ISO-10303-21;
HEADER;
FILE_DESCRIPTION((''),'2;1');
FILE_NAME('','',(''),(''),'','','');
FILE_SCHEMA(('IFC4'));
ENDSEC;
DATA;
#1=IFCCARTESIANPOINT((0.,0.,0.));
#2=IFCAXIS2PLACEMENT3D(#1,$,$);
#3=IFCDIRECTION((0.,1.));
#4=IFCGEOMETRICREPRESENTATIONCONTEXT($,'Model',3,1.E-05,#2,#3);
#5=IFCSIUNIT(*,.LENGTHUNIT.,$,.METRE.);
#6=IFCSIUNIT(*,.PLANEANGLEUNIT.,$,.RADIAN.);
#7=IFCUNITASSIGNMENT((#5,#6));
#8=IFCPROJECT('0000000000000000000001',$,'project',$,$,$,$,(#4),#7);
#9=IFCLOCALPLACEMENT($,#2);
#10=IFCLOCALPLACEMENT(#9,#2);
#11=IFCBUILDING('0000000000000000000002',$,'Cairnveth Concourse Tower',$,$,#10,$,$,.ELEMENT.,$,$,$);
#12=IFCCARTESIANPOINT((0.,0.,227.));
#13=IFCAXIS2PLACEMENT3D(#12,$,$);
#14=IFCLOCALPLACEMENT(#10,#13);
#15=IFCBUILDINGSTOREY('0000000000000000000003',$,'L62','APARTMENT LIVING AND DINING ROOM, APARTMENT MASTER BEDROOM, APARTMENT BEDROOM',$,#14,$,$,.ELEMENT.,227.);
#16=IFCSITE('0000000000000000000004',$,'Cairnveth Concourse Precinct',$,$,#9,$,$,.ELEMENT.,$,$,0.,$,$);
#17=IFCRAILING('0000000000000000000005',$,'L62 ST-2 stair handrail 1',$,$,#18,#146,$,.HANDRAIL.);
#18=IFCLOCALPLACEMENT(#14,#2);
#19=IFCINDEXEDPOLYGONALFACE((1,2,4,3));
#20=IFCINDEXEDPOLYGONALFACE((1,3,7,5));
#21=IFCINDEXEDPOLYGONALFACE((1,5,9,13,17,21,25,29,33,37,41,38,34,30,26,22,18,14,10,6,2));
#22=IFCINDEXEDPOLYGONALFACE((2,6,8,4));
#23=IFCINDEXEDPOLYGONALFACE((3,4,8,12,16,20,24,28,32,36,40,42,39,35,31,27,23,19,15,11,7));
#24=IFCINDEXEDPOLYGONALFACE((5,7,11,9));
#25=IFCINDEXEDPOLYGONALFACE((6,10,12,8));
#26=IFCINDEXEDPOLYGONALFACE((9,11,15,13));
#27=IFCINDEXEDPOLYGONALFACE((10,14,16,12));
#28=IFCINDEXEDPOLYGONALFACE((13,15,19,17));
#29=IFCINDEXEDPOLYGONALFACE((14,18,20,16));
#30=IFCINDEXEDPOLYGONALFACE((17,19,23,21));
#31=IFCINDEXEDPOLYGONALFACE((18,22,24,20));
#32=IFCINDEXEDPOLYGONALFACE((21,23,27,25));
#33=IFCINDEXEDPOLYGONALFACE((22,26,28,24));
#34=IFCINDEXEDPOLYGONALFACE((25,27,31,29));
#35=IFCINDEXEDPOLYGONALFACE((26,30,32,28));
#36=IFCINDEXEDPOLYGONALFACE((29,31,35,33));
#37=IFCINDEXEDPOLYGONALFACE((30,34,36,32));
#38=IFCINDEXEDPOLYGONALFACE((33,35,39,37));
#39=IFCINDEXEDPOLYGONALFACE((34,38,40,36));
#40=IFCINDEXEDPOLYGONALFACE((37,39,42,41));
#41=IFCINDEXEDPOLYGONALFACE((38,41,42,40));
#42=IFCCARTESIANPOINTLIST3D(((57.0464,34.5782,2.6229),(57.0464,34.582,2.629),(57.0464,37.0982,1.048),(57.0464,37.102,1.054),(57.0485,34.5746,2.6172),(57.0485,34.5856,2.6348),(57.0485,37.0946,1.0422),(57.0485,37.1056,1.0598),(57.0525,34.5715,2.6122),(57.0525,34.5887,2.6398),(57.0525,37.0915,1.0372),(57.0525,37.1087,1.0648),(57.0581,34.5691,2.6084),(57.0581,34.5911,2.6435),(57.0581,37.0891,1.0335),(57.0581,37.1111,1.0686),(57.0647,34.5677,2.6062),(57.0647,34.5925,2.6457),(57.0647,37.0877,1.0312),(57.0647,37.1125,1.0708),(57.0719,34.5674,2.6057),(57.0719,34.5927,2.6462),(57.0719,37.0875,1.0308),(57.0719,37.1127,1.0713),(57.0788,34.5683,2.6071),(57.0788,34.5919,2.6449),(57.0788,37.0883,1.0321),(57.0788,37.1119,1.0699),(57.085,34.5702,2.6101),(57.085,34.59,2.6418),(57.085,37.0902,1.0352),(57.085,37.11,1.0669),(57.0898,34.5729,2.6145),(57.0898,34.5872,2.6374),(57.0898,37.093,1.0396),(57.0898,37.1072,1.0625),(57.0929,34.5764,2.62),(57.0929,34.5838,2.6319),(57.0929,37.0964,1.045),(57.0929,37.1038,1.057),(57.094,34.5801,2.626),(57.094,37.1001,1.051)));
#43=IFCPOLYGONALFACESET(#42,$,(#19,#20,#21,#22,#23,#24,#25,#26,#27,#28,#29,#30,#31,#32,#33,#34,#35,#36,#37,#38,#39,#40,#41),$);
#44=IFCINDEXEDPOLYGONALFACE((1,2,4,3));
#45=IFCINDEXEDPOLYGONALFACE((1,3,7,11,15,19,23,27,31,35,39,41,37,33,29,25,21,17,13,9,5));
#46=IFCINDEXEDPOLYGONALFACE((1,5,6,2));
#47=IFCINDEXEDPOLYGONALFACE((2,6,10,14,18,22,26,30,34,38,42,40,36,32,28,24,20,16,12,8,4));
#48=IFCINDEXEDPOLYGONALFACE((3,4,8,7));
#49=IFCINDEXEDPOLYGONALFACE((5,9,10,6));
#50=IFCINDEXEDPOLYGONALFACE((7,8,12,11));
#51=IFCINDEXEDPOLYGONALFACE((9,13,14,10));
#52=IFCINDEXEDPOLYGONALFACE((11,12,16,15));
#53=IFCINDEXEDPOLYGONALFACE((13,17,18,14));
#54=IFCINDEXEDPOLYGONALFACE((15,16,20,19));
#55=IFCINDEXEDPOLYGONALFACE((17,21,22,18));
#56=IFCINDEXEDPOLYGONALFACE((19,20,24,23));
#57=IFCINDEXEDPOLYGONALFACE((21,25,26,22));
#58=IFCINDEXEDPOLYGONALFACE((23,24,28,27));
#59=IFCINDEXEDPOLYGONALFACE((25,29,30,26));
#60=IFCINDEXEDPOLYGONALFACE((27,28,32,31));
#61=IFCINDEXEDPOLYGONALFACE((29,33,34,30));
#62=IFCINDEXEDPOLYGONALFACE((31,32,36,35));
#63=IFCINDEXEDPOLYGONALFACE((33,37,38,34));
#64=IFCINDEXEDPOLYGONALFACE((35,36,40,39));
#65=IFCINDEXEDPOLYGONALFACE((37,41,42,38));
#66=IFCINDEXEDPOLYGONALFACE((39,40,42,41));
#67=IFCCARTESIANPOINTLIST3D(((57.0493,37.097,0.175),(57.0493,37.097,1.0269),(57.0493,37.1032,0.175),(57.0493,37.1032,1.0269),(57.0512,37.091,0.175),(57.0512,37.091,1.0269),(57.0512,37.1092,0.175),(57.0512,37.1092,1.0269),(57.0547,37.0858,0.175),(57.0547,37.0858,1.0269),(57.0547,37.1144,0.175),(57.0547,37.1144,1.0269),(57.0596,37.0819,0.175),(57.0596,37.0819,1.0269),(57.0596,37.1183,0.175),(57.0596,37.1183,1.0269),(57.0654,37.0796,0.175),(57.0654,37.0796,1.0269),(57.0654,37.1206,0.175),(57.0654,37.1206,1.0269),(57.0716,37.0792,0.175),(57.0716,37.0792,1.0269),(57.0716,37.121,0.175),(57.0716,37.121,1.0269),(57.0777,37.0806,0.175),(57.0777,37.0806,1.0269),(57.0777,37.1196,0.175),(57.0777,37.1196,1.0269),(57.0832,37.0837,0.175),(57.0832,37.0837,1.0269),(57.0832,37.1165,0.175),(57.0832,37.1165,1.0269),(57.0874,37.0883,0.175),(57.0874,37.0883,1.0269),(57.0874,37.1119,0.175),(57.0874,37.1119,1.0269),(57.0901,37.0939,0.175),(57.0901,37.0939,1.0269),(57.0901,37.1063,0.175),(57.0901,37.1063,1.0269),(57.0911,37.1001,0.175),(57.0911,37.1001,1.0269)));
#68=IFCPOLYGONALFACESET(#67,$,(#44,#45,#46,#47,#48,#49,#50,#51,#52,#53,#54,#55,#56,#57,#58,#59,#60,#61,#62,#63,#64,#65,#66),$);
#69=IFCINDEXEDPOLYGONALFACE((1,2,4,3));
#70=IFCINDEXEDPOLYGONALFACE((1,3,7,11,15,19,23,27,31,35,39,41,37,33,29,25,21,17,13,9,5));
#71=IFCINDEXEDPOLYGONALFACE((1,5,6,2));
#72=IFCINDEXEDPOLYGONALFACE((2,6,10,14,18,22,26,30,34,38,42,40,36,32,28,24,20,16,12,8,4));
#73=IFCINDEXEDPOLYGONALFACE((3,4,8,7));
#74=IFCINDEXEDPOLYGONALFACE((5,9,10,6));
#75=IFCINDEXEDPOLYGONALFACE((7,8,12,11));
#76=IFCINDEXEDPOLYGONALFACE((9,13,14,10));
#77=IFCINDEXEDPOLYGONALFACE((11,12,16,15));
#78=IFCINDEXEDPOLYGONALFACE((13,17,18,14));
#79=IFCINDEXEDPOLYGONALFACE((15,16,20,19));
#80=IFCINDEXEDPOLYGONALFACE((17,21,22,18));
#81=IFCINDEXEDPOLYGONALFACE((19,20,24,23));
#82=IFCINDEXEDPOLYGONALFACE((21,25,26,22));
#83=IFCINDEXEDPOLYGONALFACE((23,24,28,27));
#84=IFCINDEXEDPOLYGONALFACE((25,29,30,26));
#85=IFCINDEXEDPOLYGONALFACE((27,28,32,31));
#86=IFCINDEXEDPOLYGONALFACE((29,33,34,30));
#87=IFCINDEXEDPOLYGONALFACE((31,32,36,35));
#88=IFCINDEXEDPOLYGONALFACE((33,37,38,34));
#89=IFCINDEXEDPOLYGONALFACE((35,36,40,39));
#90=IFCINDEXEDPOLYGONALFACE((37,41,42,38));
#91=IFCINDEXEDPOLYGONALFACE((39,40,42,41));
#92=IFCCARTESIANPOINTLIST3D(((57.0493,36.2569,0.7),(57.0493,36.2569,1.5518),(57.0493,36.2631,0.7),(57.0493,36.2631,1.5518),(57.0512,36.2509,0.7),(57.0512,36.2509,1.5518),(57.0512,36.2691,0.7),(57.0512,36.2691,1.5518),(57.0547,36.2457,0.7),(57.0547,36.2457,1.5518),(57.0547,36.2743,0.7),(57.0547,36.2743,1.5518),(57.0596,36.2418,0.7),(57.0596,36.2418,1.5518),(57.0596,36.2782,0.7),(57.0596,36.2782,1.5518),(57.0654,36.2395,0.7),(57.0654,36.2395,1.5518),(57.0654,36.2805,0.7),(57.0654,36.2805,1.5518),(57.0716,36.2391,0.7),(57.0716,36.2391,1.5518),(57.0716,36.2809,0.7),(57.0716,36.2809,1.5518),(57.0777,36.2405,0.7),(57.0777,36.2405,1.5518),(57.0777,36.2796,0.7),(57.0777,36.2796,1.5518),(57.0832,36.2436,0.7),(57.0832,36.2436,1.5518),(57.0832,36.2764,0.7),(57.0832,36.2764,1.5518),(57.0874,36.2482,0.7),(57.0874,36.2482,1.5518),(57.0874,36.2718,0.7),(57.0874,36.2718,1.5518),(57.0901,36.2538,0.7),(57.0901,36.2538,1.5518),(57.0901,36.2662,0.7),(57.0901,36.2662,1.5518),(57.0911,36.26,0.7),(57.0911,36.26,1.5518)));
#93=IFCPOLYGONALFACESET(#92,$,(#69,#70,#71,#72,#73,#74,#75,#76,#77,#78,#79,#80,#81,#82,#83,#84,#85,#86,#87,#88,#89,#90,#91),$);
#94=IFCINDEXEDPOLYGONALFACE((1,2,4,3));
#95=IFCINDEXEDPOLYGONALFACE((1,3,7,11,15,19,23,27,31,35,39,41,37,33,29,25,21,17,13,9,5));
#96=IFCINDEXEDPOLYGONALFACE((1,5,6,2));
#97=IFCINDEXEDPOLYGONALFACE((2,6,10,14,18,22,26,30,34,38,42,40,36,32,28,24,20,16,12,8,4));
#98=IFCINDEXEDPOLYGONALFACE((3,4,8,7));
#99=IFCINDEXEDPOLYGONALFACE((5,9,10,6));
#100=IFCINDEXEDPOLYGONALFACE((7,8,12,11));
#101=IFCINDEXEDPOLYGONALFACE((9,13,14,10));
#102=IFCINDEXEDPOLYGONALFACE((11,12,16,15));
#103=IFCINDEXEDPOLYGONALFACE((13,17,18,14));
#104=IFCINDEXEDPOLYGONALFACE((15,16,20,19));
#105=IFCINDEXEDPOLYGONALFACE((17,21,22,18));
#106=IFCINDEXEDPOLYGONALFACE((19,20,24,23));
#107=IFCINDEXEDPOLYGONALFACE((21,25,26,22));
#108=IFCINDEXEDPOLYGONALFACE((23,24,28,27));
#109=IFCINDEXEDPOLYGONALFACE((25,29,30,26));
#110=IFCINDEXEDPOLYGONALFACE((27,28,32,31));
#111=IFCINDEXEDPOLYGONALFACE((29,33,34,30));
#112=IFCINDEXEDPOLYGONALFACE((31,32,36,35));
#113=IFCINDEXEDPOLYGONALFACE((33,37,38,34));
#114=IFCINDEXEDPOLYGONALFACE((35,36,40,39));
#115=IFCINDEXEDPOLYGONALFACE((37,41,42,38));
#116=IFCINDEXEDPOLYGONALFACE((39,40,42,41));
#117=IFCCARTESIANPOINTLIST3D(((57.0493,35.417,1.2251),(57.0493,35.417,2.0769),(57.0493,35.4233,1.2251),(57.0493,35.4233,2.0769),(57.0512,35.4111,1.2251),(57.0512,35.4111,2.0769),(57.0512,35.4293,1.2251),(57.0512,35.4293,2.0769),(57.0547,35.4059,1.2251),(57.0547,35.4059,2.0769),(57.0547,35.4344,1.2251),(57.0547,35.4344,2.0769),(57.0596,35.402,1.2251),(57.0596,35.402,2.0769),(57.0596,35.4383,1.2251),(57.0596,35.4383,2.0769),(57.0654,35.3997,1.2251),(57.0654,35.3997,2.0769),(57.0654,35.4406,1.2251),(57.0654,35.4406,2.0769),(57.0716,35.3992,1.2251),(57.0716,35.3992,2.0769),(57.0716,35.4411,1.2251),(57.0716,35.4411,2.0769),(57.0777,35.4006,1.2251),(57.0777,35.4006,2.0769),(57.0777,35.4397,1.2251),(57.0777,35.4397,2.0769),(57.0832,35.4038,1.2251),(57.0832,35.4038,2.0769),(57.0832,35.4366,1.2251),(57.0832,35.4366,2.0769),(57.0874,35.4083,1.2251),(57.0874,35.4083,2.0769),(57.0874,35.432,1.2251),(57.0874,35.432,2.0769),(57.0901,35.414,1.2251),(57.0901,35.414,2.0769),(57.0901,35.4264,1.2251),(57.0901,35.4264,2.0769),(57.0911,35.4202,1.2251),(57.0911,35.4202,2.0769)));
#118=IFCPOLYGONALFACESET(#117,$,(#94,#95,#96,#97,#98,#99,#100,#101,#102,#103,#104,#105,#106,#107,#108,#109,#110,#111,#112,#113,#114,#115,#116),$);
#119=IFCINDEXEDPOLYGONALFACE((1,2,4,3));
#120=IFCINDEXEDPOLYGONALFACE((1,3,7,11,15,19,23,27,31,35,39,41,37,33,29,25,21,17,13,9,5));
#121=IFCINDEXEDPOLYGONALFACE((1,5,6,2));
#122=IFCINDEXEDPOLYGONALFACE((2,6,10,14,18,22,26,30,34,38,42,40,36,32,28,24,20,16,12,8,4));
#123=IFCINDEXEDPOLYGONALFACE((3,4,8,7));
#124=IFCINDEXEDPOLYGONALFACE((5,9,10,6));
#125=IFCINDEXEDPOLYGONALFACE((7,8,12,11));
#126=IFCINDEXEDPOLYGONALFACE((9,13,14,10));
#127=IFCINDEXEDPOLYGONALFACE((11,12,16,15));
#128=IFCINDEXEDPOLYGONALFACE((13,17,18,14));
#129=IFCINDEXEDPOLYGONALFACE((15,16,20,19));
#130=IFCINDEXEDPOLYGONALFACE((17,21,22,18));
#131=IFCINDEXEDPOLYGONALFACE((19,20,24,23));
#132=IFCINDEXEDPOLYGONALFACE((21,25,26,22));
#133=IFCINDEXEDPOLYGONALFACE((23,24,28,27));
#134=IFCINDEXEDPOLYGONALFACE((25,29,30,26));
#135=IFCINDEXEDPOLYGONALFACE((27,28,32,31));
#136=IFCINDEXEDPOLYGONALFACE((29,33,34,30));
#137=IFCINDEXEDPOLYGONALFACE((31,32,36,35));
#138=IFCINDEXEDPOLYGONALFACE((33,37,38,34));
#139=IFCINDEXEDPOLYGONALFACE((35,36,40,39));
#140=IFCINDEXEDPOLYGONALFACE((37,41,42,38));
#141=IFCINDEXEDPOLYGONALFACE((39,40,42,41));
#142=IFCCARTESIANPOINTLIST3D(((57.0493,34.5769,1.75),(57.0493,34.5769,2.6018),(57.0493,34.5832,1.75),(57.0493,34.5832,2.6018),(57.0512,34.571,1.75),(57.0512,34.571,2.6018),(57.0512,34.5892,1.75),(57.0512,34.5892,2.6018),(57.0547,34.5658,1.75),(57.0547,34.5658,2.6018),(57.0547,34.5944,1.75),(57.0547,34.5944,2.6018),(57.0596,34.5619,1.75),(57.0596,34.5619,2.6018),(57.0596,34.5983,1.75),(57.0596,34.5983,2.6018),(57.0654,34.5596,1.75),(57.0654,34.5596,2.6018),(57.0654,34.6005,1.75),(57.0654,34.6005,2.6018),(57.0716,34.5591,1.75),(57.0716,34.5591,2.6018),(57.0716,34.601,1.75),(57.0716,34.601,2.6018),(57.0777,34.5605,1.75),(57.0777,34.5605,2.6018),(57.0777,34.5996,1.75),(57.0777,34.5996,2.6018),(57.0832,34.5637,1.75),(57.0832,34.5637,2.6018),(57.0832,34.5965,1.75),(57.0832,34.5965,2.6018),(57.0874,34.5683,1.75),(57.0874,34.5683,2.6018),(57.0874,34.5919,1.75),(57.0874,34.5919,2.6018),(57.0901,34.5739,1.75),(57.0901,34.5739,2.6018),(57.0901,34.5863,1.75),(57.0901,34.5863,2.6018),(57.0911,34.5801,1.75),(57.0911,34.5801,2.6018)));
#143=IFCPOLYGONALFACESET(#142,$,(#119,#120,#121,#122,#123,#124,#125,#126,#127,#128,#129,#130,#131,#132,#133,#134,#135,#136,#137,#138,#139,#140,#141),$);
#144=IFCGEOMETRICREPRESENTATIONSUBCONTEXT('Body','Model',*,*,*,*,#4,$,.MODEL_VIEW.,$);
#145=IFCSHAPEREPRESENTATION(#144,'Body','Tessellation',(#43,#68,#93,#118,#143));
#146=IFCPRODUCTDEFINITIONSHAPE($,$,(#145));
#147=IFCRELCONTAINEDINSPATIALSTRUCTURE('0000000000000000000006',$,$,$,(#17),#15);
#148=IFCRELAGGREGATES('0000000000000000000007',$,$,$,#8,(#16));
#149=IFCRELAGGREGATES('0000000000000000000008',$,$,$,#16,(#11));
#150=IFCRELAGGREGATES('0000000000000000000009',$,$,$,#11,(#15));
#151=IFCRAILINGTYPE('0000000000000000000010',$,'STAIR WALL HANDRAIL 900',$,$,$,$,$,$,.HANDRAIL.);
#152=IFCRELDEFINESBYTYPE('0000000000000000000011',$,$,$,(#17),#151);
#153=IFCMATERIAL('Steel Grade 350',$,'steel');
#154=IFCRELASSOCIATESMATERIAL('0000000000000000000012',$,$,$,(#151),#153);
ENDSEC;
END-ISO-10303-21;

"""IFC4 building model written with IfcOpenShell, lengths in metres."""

from ifc_helpers import new_model, si_unit, direction, frame, origin, origin_2d, place, context, subcontext, project, spatial, circle, extrude, material, type_object, element, save


model = new_model("IFC4")

# Units and contexts
model_context = context("Model", 3, precision=1e-05, world=origin(), true_north=direction((0.0, 1.0)))
body_context = subcontext(model_context, "Body", "Model", "MODEL_VIEW")
ifc_project = project(units=[si_unit("LENGTHUNIT", "METRE"), si_unit("PLANEANGLEUNIT", "RADIAN")], contexts=[model_context])

# Site, building, storey
site_placement = place(None, origin())
site = spatial("IfcSite", under=ifc_project, at=site_placement, Name="Cairnveth Concourse Precinct", CompositionType="ELEMENT", RefElevation=0.0)
building_placement = place(site_placement, origin())
building = spatial("IfcBuilding", under=site, at=building_placement, Name="Cairnveth Concourse Tower", CompositionType="ELEMENT")
storey_placement = place(building_placement, frame((0.0, 0.0, 227.0)))
storey = spatial("IfcBuildingStorey", under=building, at=storey_placement, Name="L62", Description="APARTMENT LIVING AND DINING ROOM, APARTMENT MASTER BEDROOM, APARTMENT BEDROOM", CompositionType="ELEMENT", Elevation=227.0)

# Shared definitions
ifc_material_1 = material(Name="Steel Grade 350", Category="steel")

# Railing
railing_type_1 = type_object("IfcRailingType", Name="STAIR WALL HANDRAIL 900", PredefinedType="HANDRAIL", material=ifc_material_1)
railing_1_placement = place(storey_placement, frame((57.0701, 37.1001, 0.175)))
element("IfcRailing", 1, at=railing_1_placement, inside=storey, type_object=railing_type_1, Name="L62 ST-2 stair handrail 1", PredefinedType="HANDRAIL", context=body_context, shape_type="SweptSolid", body=[
    extrude(circle(Radius=0.0239, at=origin_2d()), frame((0.0, 0.0, 0.876), z_axis=(0.0, -0.848008, 0.529984), x_axis=(1.0, 0.0, 0.0)), (0.0, 0.0, 1.0), 2.9717),
    extrude(circle(Radius=0.021, at=origin_2d()), origin(), (0.0, 0.0, 1.0), 0.8518),
    extrude(circle(Radius=0.021, at=origin_2d()), frame((0.0, -0.8401, 0.5249)), (0.0, 0.0, 1.0), 0.8518),
    extrude(circle(Radius=0.021, at=origin_2d()), frame((0.0, -1.6799, 1.05)), (0.0, 0.0, 1.0), 0.8518),
    extrude(circle(Radius=0.021, at=origin_2d()), frame((0.0, -2.52, 1.575)), (0.0, 0.0, 1.0), 0.8518),
])

save(model, "model.ifc")
